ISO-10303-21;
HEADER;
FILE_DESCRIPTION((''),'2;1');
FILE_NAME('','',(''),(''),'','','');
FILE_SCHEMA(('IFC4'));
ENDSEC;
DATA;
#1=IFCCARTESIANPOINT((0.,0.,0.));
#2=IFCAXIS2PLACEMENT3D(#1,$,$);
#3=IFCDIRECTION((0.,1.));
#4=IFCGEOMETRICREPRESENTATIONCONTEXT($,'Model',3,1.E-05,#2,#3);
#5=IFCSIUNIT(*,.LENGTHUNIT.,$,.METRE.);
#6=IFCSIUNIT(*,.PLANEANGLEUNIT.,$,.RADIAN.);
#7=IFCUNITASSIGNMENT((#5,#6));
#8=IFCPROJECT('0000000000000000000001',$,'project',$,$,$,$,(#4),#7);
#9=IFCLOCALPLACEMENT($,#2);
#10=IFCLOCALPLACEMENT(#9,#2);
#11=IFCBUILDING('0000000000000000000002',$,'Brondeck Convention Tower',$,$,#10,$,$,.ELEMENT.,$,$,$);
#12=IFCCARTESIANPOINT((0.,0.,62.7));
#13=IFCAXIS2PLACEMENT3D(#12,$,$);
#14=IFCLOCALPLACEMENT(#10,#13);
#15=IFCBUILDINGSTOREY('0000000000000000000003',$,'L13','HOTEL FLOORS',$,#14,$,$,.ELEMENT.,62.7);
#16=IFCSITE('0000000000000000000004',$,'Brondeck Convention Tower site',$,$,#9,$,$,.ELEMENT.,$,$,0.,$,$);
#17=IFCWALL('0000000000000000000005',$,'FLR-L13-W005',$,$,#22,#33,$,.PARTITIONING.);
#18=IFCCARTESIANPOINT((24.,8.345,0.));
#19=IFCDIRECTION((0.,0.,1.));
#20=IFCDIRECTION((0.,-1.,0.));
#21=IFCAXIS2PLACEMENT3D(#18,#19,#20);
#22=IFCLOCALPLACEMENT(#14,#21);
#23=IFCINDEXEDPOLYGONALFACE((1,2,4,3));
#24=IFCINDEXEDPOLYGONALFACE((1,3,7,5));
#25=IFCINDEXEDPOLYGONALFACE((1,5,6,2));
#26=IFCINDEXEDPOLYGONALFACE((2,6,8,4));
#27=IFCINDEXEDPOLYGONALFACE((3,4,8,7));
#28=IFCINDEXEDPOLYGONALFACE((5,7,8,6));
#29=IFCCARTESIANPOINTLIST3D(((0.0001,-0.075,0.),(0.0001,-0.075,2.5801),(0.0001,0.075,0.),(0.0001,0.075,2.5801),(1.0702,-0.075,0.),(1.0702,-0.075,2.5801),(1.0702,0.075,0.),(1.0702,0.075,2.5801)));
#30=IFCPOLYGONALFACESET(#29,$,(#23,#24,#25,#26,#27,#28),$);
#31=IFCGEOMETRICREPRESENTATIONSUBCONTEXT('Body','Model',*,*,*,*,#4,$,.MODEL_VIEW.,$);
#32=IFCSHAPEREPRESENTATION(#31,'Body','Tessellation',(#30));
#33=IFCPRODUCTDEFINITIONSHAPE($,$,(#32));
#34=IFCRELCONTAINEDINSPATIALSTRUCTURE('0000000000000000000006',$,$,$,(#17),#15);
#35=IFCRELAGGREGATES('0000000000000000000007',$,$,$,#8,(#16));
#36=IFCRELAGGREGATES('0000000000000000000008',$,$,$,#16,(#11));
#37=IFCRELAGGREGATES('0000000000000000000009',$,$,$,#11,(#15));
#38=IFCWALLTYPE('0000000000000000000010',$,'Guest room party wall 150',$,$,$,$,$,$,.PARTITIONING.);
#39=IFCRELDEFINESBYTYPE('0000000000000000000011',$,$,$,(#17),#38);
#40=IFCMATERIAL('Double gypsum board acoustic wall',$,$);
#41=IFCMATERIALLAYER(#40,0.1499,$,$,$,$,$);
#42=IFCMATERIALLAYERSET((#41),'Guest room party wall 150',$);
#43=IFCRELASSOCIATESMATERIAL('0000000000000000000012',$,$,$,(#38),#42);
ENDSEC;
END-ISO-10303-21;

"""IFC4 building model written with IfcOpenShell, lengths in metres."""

from ifc_helpers import new_model, si_unit, direction, frame, frame_2d, origin, place, context, subcontext, project, spatial, rectangle, extrude, material, layer, layer_set, type_object, element, save


model = new_model("IFC4")

# Units and contexts
model_context = context("Model", 3, precision=1e-05, world=origin(), true_north=direction((0.0, 1.0)))
body_context = subcontext(model_context, "Body", "Model", "MODEL_VIEW")
ifc_project = project(units=[si_unit("LENGTHUNIT", "METRE"), si_unit("PLANEANGLEUNIT", "RADIAN")], contexts=[model_context])

# Site, building, storey
site_placement = place(None, origin())
site = spatial("IfcSite", under=ifc_project, at=site_placement, Name="Brondeck Convention Tower site", CompositionType="ELEMENT", RefElevation=0.0)
building_placement = place(site_placement, origin())
building = spatial("IfcBuilding", under=site, at=building_placement, Name="Brondeck Convention Tower", CompositionType="ELEMENT")
storey_placement = place(building_placement, frame((0.0, 0.0, 62.7)))
storey = spatial("IfcBuildingStorey", under=building, at=storey_placement, Name="L13", Description="HOTEL FLOORS", CompositionType="ELEMENT", Elevation=62.7)

# Shared definitions
ifc_material_1 = material(Name="Double gypsum board acoustic wall")
ifc_layer_1 = layer(ifc_material_1, 0.1499)
ifc_layer_set_1 = layer_set([ifc_layer_1], Name="Guest room party wall 150")
wall_type_1 = type_object("IfcWallType", Name="Guest room party wall 150", PredefinedType="PARTITIONING", material=ifc_layer_set_1)

# Wall
wall_1_placement = place(storey_placement, frame((24.0, 8.345, 0.0), z_axis=(0.0, 0.0, 1.0), x_axis=(0.0, -1.0, 0.0)))
element("IfcWall", 1, at=wall_1_placement, inside=storey, type_object=wall_type_1, Name="FLR-L13-W005", PredefinedType="PARTITIONING", context=body_context, shape_type="SweptSolid", body=[
    extrude(rectangle(XDim=1.0701, YDim=0.1499, at=frame_2d((0.5352, 0.0))), origin(), (0.0, 0.0, 1.0), 2.5801),
])

save(model, "model.ifc")
